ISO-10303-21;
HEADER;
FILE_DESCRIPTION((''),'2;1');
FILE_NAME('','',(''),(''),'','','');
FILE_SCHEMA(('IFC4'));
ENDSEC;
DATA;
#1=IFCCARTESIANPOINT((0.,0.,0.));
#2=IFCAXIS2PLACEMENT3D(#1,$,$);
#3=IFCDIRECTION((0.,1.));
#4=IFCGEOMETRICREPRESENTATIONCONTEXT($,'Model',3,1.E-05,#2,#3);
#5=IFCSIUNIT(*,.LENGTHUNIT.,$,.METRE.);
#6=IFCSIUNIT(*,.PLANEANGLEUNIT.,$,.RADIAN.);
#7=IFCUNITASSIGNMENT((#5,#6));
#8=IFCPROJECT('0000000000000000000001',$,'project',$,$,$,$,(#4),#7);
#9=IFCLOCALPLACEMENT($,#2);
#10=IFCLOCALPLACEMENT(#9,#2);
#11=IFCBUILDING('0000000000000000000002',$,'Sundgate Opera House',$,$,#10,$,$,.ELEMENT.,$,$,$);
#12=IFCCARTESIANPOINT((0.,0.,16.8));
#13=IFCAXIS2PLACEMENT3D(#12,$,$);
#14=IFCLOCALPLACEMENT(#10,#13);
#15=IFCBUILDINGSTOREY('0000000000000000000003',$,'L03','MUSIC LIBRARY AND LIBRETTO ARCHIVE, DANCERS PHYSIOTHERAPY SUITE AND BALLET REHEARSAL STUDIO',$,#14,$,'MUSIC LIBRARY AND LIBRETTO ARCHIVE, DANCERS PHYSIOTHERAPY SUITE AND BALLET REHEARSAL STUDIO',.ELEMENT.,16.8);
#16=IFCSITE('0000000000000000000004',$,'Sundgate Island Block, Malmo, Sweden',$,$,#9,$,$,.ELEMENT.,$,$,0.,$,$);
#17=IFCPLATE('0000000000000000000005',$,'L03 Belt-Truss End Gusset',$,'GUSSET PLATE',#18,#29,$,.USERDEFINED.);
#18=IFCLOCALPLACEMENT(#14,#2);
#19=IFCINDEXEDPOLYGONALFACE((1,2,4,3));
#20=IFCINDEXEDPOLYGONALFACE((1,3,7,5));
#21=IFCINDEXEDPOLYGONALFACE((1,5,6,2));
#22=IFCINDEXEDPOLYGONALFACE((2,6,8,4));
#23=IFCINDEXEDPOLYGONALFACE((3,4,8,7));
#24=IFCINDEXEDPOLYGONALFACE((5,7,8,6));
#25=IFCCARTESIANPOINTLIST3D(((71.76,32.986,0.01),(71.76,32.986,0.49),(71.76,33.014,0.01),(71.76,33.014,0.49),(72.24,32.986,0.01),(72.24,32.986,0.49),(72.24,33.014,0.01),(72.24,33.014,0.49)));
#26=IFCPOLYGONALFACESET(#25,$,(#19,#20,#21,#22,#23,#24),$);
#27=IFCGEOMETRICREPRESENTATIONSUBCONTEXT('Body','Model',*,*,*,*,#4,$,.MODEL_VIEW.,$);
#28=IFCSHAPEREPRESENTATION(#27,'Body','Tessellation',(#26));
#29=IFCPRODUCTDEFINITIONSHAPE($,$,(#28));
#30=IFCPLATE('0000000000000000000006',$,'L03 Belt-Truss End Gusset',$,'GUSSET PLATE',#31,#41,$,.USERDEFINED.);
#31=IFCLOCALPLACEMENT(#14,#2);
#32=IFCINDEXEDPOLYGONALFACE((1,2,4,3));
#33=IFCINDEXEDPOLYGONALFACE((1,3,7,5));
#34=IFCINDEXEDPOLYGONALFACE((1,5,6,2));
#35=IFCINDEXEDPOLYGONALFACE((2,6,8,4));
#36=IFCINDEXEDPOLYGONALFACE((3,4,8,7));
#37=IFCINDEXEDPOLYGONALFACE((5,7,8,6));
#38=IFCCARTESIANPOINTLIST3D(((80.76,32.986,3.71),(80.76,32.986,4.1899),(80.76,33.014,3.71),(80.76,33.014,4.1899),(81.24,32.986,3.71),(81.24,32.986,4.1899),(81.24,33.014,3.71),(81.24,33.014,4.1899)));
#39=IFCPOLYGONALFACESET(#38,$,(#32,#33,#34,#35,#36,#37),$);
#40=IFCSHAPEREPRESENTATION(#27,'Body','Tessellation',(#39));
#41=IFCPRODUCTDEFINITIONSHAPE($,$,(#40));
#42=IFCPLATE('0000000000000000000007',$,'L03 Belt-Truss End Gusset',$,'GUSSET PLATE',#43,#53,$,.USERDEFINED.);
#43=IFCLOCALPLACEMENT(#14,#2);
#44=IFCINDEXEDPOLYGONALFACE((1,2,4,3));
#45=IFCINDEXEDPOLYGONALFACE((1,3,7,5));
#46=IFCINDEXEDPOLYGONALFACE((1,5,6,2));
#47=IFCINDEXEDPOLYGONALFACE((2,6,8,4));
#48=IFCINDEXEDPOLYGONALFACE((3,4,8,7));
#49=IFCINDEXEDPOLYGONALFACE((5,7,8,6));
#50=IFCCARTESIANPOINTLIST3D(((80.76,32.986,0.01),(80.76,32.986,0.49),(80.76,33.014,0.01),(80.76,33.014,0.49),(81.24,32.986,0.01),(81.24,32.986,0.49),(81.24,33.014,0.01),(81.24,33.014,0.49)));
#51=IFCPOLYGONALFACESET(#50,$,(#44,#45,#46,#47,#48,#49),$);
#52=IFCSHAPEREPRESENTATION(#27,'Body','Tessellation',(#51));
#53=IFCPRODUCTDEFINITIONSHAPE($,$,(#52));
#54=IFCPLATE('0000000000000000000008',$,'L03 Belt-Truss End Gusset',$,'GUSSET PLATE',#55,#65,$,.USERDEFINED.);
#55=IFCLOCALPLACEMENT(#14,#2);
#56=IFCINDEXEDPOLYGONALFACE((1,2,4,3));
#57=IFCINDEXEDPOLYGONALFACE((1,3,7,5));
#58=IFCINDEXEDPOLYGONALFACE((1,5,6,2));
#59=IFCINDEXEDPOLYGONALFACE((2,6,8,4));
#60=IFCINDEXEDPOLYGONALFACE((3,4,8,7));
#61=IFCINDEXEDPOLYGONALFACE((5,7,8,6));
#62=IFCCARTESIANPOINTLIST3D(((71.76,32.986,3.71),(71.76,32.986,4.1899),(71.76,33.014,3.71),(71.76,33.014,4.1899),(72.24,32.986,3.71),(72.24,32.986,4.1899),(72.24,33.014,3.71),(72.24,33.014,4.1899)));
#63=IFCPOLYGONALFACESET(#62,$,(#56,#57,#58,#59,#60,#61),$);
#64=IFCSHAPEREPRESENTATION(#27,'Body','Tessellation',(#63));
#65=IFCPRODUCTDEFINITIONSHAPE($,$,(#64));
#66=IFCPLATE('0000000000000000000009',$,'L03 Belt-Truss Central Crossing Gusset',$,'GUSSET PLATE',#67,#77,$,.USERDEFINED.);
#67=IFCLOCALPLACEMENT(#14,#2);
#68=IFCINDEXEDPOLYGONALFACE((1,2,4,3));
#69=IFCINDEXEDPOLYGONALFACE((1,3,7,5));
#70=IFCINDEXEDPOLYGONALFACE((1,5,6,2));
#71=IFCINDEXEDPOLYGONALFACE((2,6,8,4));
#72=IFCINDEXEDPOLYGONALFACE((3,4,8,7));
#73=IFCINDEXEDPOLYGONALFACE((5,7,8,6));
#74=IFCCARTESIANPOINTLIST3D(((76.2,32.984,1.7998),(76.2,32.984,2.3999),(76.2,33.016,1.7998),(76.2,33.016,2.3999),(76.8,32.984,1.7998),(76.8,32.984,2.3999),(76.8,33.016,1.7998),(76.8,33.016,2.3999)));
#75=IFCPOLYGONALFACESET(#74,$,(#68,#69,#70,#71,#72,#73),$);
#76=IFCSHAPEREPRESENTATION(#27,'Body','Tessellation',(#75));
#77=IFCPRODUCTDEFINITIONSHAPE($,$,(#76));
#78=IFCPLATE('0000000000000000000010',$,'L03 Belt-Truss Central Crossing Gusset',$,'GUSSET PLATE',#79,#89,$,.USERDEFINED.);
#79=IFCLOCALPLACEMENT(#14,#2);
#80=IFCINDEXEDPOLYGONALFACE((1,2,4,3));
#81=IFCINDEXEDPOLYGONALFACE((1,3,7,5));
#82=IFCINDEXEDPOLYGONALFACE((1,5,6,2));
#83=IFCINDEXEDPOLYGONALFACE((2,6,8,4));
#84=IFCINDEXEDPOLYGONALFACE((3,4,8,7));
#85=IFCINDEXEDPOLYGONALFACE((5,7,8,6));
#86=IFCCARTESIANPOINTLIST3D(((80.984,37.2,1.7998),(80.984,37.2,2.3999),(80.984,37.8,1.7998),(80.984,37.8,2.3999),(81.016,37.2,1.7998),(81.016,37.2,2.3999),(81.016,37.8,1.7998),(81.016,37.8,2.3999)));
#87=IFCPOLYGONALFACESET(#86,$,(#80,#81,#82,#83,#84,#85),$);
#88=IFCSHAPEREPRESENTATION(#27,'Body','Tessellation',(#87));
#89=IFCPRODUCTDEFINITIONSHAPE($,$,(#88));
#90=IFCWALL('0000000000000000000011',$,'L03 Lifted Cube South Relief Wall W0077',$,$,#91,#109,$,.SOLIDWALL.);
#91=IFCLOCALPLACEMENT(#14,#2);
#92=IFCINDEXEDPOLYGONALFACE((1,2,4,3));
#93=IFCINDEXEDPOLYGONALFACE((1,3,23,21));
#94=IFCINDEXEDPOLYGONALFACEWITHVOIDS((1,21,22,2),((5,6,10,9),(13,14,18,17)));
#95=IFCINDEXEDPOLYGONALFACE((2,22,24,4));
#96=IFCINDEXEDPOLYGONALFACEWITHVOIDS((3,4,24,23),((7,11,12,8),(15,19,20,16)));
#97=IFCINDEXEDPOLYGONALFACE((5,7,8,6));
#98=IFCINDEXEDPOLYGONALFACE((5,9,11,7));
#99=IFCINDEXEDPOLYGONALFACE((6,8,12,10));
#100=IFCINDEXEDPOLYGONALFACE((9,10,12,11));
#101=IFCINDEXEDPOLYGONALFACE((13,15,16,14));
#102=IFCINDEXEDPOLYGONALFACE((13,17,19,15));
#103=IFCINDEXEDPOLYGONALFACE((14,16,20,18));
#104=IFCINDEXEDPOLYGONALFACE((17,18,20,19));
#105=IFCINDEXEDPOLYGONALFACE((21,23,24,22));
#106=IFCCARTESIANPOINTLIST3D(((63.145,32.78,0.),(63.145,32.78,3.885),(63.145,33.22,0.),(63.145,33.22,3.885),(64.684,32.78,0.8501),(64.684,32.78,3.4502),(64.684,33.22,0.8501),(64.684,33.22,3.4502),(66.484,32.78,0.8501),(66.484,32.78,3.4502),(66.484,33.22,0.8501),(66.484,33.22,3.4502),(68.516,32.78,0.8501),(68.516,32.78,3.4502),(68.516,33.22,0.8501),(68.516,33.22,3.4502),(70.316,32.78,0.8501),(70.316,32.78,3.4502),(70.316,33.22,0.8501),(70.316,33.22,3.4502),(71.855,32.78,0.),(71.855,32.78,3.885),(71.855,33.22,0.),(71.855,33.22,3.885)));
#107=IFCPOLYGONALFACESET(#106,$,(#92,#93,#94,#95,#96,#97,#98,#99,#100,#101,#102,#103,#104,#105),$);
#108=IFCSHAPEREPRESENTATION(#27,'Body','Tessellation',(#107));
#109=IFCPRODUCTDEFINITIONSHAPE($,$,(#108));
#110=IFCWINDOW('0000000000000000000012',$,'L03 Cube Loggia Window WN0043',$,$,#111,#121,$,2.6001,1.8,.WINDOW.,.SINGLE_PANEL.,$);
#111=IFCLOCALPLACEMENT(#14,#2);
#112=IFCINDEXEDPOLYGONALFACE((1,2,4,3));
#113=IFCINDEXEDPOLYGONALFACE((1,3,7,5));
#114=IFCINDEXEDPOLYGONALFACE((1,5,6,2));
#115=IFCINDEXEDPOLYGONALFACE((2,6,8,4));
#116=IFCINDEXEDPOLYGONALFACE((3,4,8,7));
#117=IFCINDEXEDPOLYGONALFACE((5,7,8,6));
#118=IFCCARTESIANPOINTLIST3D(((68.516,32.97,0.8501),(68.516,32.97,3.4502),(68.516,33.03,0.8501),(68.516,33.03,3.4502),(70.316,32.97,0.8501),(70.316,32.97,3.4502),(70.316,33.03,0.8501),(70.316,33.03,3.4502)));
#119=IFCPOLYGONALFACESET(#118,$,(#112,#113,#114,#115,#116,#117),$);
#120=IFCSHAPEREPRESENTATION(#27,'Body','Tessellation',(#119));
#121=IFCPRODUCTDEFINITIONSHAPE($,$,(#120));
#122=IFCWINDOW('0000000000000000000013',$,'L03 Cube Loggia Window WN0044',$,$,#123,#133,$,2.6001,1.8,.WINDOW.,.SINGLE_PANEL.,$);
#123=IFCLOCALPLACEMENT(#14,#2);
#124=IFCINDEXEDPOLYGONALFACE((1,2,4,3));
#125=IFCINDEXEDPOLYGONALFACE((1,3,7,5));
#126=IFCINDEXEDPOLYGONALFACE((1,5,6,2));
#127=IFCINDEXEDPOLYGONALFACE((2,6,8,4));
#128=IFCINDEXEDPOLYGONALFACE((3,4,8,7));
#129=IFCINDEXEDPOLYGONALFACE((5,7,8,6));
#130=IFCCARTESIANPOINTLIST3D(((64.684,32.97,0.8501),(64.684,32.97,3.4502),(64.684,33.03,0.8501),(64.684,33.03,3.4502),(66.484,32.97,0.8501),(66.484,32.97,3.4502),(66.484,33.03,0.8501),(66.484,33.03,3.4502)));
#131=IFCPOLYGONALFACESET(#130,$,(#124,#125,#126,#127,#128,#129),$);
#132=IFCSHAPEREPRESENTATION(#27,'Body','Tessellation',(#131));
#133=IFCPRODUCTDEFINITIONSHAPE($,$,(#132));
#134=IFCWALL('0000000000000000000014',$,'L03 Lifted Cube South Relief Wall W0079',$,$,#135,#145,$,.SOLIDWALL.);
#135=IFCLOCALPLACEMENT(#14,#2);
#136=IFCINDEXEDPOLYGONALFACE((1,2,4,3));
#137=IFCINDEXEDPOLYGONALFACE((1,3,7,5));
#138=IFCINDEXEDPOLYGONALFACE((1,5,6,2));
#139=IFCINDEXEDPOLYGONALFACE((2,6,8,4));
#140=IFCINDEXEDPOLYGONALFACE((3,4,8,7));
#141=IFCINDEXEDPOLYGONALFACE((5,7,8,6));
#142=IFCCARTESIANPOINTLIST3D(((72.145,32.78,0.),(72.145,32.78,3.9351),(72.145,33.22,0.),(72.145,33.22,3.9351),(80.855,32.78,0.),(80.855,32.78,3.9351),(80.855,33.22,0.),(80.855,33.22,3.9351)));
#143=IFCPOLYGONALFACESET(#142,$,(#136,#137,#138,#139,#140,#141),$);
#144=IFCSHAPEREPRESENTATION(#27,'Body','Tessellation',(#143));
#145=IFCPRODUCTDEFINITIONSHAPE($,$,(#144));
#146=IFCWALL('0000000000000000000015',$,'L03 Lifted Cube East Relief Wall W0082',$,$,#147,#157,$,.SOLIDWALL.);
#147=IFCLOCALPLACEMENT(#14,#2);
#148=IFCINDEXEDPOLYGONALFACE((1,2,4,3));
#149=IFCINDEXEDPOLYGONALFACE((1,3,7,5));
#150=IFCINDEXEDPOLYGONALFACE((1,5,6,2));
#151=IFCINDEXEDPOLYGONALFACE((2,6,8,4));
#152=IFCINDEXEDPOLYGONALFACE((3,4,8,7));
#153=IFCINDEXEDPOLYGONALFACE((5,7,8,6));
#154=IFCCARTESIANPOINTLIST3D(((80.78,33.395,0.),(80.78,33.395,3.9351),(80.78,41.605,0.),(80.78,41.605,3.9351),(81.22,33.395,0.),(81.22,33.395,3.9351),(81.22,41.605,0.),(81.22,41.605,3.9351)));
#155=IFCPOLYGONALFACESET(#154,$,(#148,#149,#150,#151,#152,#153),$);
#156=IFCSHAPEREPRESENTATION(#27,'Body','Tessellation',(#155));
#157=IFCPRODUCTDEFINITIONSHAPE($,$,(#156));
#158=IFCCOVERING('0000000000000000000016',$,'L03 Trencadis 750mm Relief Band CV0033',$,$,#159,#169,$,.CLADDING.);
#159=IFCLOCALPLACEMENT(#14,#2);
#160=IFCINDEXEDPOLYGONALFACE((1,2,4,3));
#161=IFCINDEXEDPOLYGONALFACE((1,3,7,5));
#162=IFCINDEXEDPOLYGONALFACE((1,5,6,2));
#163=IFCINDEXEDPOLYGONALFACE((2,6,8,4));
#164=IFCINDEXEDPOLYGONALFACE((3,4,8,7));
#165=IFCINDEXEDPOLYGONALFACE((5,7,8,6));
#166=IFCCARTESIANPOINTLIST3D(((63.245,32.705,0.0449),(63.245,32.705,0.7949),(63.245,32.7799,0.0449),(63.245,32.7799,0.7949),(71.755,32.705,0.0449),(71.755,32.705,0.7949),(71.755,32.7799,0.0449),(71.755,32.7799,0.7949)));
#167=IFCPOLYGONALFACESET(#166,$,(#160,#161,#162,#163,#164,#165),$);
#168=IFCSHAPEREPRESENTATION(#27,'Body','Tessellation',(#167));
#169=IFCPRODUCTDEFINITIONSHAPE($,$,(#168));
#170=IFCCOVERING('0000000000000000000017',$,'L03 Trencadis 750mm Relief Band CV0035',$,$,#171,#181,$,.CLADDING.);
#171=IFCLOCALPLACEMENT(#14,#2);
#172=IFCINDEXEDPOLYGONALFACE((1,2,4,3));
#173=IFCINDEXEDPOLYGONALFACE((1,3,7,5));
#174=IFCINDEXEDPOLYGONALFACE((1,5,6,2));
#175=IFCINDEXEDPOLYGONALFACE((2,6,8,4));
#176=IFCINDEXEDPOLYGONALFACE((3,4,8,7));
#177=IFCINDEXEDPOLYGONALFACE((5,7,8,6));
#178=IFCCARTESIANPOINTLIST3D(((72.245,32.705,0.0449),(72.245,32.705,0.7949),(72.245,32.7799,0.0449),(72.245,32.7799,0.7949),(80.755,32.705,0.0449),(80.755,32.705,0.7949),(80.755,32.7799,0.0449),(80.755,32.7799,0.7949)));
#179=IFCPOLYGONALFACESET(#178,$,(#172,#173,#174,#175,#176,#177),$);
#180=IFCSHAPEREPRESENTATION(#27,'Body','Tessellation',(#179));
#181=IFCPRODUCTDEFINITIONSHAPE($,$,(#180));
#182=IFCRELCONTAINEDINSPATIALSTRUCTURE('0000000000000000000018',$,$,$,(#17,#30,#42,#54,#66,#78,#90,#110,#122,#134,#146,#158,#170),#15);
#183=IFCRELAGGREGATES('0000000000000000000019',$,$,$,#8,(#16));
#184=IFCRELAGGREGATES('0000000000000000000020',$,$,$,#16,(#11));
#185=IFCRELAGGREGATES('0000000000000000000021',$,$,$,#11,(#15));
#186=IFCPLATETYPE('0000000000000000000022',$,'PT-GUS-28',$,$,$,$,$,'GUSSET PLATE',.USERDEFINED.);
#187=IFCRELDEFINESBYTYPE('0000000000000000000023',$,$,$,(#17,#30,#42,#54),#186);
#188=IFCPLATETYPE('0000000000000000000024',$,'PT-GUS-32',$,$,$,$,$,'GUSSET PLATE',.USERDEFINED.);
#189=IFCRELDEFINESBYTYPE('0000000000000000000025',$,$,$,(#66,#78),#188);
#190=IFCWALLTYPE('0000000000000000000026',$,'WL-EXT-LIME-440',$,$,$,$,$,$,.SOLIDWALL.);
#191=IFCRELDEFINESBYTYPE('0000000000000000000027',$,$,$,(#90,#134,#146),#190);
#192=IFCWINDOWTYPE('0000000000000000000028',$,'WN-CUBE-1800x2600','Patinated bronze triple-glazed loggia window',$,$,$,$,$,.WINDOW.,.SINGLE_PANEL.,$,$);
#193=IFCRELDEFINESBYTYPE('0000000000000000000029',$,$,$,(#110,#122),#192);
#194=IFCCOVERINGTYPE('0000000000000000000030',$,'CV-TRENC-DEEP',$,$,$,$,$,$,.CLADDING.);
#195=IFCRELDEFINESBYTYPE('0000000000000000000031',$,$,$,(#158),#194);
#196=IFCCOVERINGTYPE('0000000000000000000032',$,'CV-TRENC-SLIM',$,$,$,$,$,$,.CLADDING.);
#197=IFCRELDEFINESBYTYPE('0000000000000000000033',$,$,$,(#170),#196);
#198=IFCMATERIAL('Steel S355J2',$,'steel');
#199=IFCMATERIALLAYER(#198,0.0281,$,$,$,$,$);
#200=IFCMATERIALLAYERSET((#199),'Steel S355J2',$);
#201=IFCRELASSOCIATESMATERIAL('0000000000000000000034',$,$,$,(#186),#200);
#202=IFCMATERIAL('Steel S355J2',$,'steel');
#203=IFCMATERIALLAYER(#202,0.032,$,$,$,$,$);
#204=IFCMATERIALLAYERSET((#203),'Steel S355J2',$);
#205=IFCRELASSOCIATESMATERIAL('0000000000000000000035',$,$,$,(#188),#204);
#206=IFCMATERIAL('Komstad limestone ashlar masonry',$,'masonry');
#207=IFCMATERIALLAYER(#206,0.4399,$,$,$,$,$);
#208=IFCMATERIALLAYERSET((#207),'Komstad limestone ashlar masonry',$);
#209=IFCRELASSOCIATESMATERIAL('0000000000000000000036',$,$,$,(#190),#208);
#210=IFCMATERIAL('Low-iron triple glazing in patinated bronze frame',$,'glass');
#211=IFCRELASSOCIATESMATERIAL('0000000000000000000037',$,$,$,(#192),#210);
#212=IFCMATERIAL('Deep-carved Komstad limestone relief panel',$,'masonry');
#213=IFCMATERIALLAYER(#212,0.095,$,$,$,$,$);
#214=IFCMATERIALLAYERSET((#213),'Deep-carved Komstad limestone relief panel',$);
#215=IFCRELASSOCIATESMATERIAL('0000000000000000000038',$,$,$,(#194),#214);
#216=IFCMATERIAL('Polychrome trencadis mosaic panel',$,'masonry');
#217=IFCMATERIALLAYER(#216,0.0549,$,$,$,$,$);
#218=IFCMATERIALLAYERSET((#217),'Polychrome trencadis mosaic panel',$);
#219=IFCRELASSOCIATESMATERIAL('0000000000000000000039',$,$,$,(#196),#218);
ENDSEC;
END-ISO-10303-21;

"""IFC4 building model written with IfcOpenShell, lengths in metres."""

from ifc_helpers import new_model, si_unit, direction, frame, frame_2d, origin, origin_2d, place, context, subcontext, project, spatial, rectangle, extrude, material, layer, layer_set, type_object, element, fill, save


model = new_model("IFC4")

# Units and contexts
model_context = context("Model", 3, precision=1e-05, world=origin(), true_north=direction((0.0, 1.0)))
body_context = subcontext(model_context, "Body", "Model", "MODEL_VIEW")
ifc_project = project(units=[si_unit("LENGTHUNIT", "METRE"), si_unit("PLANEANGLEUNIT", "RADIAN")], contexts=[model_context])

# Site, building, storey
site_placement = place(None, origin())
site = spatial("IfcSite", under=ifc_project, at=site_placement, Name="Sundgate Island Block, Malmo, Sweden", CompositionType="ELEMENT", RefElevation=0.0)
building_placement = place(site_placement, origin())
building = spatial("IfcBuilding", under=site, at=building_placement, Name="Sundgate Opera House", CompositionType="ELEMENT")
storey_placement = place(building_placement, frame((0.0, 0.0, 16.8)))
storey = spatial("IfcBuildingStorey", under=building, at=storey_placement, Name="L03", Description="MUSIC LIBRARY AND LIBRETTO ARCHIVE, DANCERS PHYSIOTHERAPY SUITE AND BALLET REHEARSAL STUDIO", LongName="MUSIC LIBRARY AND LIBRETTO ARCHIVE, DANCERS PHYSIOTHERAPY SUITE AND BALLET REHEARSAL STUDIO", CompositionType="ELEMENT", Elevation=16.8)

# Plates
ifc_material_1 = material(Name="Steel S355J2", Category="steel")
ifc_layer_1 = layer(ifc_material_1, 0.0281)
ifc_layer_set_1 = layer_set([ifc_layer_1], Name="Steel S355J2")
plate_type_1 = type_object("IfcPlateType", Name="PT-GUS-28", ElementType="GUSSET PLATE", PredefinedType="USERDEFINED", material=ifc_layer_set_1)
for number, where, z_axis, x_axis, name in (
    (1, (72.0, 33.0, 0.01), (0.0, 0.0, 1.0), (1.0, 0.0, 0.0), "L03 Belt-Truss End Gusset"),
    (2, (81.0, 33.0, 3.71), (0.0, 0.0, 1.0), (1.0, 0.0, 0.0), "L03 Belt-Truss End Gusset"),
    (3, (81.0, 33.0, 0.01), (0.0, 0.0, 1.0), (1.0, 0.0, 0.0), "L03 Belt-Truss End Gusset"),
    (4, (72.0, 33.0, 3.71), (0.0, 0.0, 1.0), (1.0, 0.0, 0.0), "L03 Belt-Truss End Gusset"),
):
    element("IfcPlate", number, at=place(storey_placement, frame(where, z_axis=z_axis, x_axis=x_axis)), inside=storey, type_object=plate_type_1, Name=name, ObjectType="GUSSET PLATE", PredefinedType="USERDEFINED", context=body_context, shape_type="SweptSolid", body=[
        extrude(rectangle(XDim=0.48, YDim=0.0281, at=origin_2d()), origin(), (0.0, 0.0, 1.0), 0.48),
    ])
ifc_material_2 = material(Name="Steel S355J2", Category="steel")
ifc_layer_2 = layer(ifc_material_2, 0.032)
ifc_layer_set_2 = layer_set([ifc_layer_2], Name="Steel S355J2")
plate_type_2 = type_object("IfcPlateType", Name="PT-GUS-32", ElementType="GUSSET PLATE", PredefinedType="USERDEFINED", material=ifc_layer_set_2)
plate_1_placement = place(storey_placement, frame((76.5, 33.0, 1.7998), z_axis=(0.0, 0.0, 1.0), x_axis=(1.0, 0.0, 0.0)))
element("IfcPlate", 5, at=plate_1_placement, inside=storey, type_object=plate_type_2, Name="L03 Belt-Truss Central Crossing Gusset", ObjectType="GUSSET PLATE", PredefinedType="USERDEFINED", context=body_context, shape_type="SweptSolid", body=[
    extrude(rectangle(XDim=0.6001, YDim=0.032, at=origin_2d()), origin(), (0.0, 0.0, 1.0), 0.6001),
])
plate_2_placement = place(storey_placement, frame((81.0, 37.5, 1.7998), z_axis=(0.0, 0.0, 1.0), x_axis=(1.0, 0.0, 0.0)))
element("IfcPlate", 6, at=plate_2_placement, inside=storey, type_object=plate_type_2, Name="L03 Belt-Truss Central Crossing Gusset", ObjectType="GUSSET PLATE", PredefinedType="USERDEFINED", context=body_context, shape_type="SweptSolid", body=[
    extrude(rectangle(XDim=0.032, YDim=0.6001, at=origin_2d()), origin(), (0.0, 0.0, 1.0), 0.6001),
])

# Wall, openings, windows
ifc_material_3 = material(Name="Komstad limestone ashlar masonry", Category="masonry")
ifc_layer_3 = layer(ifc_material_3, 0.4399)
ifc_layer_set_3 = layer_set([ifc_layer_3], Name="Komstad limestone ashlar masonry")
wall_type = type_object("IfcWallType", Name="WL-EXT-LIME-440", PredefinedType="SOLIDWALL", material=ifc_layer_set_3)
wall_1_placement = place(storey_placement, frame((71.855, 33.0, 0.0), z_axis=(0.0, 0.0, 1.0), x_axis=(-1.0, 0.0, 0.0)))
wall_1 = element("IfcWall", 7, at=wall_1_placement, inside=storey, type_object=wall_type, Name="L03 Lifted Cube South Relief Wall W0077", PredefinedType="SOLIDWALL", context=body_context, shape_type="SweptSolid", body=[
    extrude(rectangle(XDim=8.71, YDim=0.4399, at=frame_2d((4.355, 0.0))), origin(), (0.0, 0.0, 1.0), 3.885),
])
opening_1_placement = place(wall_1_placement, frame((1.5391, 0.0, 0.8501)))
opening_1 = element("IfcOpeningElement", 8, at=opening_1_placement, cuts=wall_1, PredefinedType="OPENING", context=body_context, shape_type="SweptSolid", body=[
    extrude(rectangle(XDim=1.8, YDim=2.6001, at=frame_2d((0.8999, 1.3))), frame((0.0, 0.23, 0.0), z_axis=(0.0, -1.0, 0.0), x_axis=(1.0, 0.0, 0.0)), (0.0, 0.0, 1.0), 0.46),
])
opening_2_placement = place(wall_1_placement, frame((5.3711, 0.0, 0.8501)))
opening_2 = element("IfcOpeningElement", 9, at=opening_2_placement, cuts=wall_1, PredefinedType="OPENING", context=body_context, shape_type="SweptSolid", body=[
    extrude(rectangle(XDim=1.8, YDim=2.6001, at=frame_2d((0.8999, 1.3))), frame((0.0, 0.23, 0.0), z_axis=(0.0, -1.0, 0.0), x_axis=(1.0, 0.0, 0.0)), (0.0, 0.0, 1.0), 0.46),
])
ifc_material_4 = material(Name="Low-iron triple glazing in patinated bronze frame", Category="glass")
window_type = type_object("IfcWindowType", Name="WN-CUBE-1800x2600", Description="Patinated bronze triple-glazed loggia window", PartitioningType="SINGLE_PANEL", PredefinedType="WINDOW", material=ifc_material_4)
window_1_placement = place(opening_1_placement, origin())
window_1 = element("IfcWindow", 10, at=window_1_placement, inside=storey, type_object=window_type, Name="L03 Cube Loggia Window WN0043", OverallHeight=2.6001, OverallWidth=1.8, PartitioningType="SINGLE_PANEL", PredefinedType="WINDOW", context=body_context, shape_type="SweptSolid", body=[
    extrude(rectangle(XDim=1.8, YDim=2.6001, at=frame_2d((0.8999, 1.3))), frame((0.0, 0.03, 0.0), z_axis=(0.0, -1.0, 0.0), x_axis=(1.0, 0.0, 0.0)), (0.0, 0.0, 1.0), 0.0601),
])
fill(opening_1, window_1)
window_2_placement = place(opening_2_placement, origin())
window_2 = element("IfcWindow", 11, at=window_2_placement, inside=storey, type_object=window_type, Name="L03 Cube Loggia Window WN0044", OverallHeight=2.6001, OverallWidth=1.8, PartitioningType="SINGLE_PANEL", PredefinedType="WINDOW", context=body_context, shape_type="SweptSolid", body=[
    extrude(rectangle(XDim=1.8, YDim=2.6001, at=frame_2d((0.8999, 1.3))), frame((0.0, 0.03, 0.0), z_axis=(0.0, -1.0, 0.0), x_axis=(1.0, 0.0, 0.0)), (0.0, 0.0, 1.0), 0.0601),
])
fill(opening_2, window_2)

# Walls
wall_2_placement = place(storey_placement, frame((80.855, 33.0, 0.0), z_axis=(0.0, 0.0, 1.0), x_axis=(-1.0, 0.0, 0.0)))
element("IfcWall", 12, at=wall_2_placement, inside=storey, type_object=wall_type, Name="L03 Lifted Cube South Relief Wall W0079", PredefinedType="SOLIDWALL", context=body_context, shape_type="SweptSolid", body=[
    extrude(rectangle(XDim=8.71, YDim=0.4399, at=frame_2d((4.355, 0.0))), origin(), (0.0, 0.0, 1.0), 3.9351),
])
wall_3_placement = place(storey_placement, frame((81.0, 33.395, 0.0), z_axis=(0.0, 0.0, 1.0), x_axis=(0.0, 1.0, 0.0)))
element("IfcWall", 13, at=wall_3_placement, inside=storey, type_object=wall_type, Name="L03 Lifted Cube East Relief Wall W0082", PredefinedType="SOLIDWALL", context=body_context, shape_type="SweptSolid", body=[
    extrude(rectangle(XDim=8.21, YDim=0.4399, at=frame_2d((4.105, 0.0))), origin(), (0.0, 0.0, 1.0), 3.9351),
])

# Coverings
ifc_material_5 = material(Name="Deep-carved Komstad limestone relief panel", Category="masonry")
ifc_layer_4 = layer(ifc_material_5, 0.095)
ifc_layer_set_4 = layer_set([ifc_layer_4], Name="Deep-carved Komstad limestone relief panel")
covering_type_1 = type_object("IfcCoveringType", Name="CV-TRENC-DEEP", PredefinedType="CLADDING", material=ifc_layer_set_4)
covering_1_placement = place(storey_placement, frame((67.5, 32.7424, 0.0449), z_axis=(0.0, 0.0, 1.0), x_axis=(1.0, 0.0, 0.0)))
element("IfcCovering", 14, at=covering_1_placement, inside=storey, type_object=covering_type_1, Name="L03 Trencadis 750mm Relief Band CV0033", PredefinedType="CLADDING", context=body_context, shape_type="SweptSolid", body=[
    extrude(rectangle(XDim=8.51, YDim=0.075, at=origin_2d()), origin(), (0.0, 0.0, 1.0), 0.75),
])
ifc_material_6 = material(Name="Polychrome trencadis mosaic panel", Category="masonry")
ifc_layer_5 = layer(ifc_material_6, 0.0549)
ifc_layer_set_5 = layer_set([ifc_layer_5], Name="Polychrome trencadis mosaic panel")
covering_type_2 = type_object("IfcCoveringType", Name="CV-TRENC-SLIM", PredefinedType="CLADDING", material=ifc_layer_set_5)
covering_2_placement = place(storey_placement, frame((76.5, 32.7424, 0.0449), z_axis=(0.0, 0.0, 1.0), x_axis=(1.0, 0.0, 0.0)))
element("IfcCovering", 15, at=covering_2_placement, inside=storey, type_object=covering_type_2, Name="L03 Trencadis 750mm Relief Band CV0035", PredefinedType="CLADDING", context=body_context, shape_type="SweptSolid", body=[
    extrude(rectangle(XDim=8.51, YDim=0.075, at=origin_2d()), origin(), (0.0, 0.0, 1.0), 0.75),
])

save(model, "model.ifc")
